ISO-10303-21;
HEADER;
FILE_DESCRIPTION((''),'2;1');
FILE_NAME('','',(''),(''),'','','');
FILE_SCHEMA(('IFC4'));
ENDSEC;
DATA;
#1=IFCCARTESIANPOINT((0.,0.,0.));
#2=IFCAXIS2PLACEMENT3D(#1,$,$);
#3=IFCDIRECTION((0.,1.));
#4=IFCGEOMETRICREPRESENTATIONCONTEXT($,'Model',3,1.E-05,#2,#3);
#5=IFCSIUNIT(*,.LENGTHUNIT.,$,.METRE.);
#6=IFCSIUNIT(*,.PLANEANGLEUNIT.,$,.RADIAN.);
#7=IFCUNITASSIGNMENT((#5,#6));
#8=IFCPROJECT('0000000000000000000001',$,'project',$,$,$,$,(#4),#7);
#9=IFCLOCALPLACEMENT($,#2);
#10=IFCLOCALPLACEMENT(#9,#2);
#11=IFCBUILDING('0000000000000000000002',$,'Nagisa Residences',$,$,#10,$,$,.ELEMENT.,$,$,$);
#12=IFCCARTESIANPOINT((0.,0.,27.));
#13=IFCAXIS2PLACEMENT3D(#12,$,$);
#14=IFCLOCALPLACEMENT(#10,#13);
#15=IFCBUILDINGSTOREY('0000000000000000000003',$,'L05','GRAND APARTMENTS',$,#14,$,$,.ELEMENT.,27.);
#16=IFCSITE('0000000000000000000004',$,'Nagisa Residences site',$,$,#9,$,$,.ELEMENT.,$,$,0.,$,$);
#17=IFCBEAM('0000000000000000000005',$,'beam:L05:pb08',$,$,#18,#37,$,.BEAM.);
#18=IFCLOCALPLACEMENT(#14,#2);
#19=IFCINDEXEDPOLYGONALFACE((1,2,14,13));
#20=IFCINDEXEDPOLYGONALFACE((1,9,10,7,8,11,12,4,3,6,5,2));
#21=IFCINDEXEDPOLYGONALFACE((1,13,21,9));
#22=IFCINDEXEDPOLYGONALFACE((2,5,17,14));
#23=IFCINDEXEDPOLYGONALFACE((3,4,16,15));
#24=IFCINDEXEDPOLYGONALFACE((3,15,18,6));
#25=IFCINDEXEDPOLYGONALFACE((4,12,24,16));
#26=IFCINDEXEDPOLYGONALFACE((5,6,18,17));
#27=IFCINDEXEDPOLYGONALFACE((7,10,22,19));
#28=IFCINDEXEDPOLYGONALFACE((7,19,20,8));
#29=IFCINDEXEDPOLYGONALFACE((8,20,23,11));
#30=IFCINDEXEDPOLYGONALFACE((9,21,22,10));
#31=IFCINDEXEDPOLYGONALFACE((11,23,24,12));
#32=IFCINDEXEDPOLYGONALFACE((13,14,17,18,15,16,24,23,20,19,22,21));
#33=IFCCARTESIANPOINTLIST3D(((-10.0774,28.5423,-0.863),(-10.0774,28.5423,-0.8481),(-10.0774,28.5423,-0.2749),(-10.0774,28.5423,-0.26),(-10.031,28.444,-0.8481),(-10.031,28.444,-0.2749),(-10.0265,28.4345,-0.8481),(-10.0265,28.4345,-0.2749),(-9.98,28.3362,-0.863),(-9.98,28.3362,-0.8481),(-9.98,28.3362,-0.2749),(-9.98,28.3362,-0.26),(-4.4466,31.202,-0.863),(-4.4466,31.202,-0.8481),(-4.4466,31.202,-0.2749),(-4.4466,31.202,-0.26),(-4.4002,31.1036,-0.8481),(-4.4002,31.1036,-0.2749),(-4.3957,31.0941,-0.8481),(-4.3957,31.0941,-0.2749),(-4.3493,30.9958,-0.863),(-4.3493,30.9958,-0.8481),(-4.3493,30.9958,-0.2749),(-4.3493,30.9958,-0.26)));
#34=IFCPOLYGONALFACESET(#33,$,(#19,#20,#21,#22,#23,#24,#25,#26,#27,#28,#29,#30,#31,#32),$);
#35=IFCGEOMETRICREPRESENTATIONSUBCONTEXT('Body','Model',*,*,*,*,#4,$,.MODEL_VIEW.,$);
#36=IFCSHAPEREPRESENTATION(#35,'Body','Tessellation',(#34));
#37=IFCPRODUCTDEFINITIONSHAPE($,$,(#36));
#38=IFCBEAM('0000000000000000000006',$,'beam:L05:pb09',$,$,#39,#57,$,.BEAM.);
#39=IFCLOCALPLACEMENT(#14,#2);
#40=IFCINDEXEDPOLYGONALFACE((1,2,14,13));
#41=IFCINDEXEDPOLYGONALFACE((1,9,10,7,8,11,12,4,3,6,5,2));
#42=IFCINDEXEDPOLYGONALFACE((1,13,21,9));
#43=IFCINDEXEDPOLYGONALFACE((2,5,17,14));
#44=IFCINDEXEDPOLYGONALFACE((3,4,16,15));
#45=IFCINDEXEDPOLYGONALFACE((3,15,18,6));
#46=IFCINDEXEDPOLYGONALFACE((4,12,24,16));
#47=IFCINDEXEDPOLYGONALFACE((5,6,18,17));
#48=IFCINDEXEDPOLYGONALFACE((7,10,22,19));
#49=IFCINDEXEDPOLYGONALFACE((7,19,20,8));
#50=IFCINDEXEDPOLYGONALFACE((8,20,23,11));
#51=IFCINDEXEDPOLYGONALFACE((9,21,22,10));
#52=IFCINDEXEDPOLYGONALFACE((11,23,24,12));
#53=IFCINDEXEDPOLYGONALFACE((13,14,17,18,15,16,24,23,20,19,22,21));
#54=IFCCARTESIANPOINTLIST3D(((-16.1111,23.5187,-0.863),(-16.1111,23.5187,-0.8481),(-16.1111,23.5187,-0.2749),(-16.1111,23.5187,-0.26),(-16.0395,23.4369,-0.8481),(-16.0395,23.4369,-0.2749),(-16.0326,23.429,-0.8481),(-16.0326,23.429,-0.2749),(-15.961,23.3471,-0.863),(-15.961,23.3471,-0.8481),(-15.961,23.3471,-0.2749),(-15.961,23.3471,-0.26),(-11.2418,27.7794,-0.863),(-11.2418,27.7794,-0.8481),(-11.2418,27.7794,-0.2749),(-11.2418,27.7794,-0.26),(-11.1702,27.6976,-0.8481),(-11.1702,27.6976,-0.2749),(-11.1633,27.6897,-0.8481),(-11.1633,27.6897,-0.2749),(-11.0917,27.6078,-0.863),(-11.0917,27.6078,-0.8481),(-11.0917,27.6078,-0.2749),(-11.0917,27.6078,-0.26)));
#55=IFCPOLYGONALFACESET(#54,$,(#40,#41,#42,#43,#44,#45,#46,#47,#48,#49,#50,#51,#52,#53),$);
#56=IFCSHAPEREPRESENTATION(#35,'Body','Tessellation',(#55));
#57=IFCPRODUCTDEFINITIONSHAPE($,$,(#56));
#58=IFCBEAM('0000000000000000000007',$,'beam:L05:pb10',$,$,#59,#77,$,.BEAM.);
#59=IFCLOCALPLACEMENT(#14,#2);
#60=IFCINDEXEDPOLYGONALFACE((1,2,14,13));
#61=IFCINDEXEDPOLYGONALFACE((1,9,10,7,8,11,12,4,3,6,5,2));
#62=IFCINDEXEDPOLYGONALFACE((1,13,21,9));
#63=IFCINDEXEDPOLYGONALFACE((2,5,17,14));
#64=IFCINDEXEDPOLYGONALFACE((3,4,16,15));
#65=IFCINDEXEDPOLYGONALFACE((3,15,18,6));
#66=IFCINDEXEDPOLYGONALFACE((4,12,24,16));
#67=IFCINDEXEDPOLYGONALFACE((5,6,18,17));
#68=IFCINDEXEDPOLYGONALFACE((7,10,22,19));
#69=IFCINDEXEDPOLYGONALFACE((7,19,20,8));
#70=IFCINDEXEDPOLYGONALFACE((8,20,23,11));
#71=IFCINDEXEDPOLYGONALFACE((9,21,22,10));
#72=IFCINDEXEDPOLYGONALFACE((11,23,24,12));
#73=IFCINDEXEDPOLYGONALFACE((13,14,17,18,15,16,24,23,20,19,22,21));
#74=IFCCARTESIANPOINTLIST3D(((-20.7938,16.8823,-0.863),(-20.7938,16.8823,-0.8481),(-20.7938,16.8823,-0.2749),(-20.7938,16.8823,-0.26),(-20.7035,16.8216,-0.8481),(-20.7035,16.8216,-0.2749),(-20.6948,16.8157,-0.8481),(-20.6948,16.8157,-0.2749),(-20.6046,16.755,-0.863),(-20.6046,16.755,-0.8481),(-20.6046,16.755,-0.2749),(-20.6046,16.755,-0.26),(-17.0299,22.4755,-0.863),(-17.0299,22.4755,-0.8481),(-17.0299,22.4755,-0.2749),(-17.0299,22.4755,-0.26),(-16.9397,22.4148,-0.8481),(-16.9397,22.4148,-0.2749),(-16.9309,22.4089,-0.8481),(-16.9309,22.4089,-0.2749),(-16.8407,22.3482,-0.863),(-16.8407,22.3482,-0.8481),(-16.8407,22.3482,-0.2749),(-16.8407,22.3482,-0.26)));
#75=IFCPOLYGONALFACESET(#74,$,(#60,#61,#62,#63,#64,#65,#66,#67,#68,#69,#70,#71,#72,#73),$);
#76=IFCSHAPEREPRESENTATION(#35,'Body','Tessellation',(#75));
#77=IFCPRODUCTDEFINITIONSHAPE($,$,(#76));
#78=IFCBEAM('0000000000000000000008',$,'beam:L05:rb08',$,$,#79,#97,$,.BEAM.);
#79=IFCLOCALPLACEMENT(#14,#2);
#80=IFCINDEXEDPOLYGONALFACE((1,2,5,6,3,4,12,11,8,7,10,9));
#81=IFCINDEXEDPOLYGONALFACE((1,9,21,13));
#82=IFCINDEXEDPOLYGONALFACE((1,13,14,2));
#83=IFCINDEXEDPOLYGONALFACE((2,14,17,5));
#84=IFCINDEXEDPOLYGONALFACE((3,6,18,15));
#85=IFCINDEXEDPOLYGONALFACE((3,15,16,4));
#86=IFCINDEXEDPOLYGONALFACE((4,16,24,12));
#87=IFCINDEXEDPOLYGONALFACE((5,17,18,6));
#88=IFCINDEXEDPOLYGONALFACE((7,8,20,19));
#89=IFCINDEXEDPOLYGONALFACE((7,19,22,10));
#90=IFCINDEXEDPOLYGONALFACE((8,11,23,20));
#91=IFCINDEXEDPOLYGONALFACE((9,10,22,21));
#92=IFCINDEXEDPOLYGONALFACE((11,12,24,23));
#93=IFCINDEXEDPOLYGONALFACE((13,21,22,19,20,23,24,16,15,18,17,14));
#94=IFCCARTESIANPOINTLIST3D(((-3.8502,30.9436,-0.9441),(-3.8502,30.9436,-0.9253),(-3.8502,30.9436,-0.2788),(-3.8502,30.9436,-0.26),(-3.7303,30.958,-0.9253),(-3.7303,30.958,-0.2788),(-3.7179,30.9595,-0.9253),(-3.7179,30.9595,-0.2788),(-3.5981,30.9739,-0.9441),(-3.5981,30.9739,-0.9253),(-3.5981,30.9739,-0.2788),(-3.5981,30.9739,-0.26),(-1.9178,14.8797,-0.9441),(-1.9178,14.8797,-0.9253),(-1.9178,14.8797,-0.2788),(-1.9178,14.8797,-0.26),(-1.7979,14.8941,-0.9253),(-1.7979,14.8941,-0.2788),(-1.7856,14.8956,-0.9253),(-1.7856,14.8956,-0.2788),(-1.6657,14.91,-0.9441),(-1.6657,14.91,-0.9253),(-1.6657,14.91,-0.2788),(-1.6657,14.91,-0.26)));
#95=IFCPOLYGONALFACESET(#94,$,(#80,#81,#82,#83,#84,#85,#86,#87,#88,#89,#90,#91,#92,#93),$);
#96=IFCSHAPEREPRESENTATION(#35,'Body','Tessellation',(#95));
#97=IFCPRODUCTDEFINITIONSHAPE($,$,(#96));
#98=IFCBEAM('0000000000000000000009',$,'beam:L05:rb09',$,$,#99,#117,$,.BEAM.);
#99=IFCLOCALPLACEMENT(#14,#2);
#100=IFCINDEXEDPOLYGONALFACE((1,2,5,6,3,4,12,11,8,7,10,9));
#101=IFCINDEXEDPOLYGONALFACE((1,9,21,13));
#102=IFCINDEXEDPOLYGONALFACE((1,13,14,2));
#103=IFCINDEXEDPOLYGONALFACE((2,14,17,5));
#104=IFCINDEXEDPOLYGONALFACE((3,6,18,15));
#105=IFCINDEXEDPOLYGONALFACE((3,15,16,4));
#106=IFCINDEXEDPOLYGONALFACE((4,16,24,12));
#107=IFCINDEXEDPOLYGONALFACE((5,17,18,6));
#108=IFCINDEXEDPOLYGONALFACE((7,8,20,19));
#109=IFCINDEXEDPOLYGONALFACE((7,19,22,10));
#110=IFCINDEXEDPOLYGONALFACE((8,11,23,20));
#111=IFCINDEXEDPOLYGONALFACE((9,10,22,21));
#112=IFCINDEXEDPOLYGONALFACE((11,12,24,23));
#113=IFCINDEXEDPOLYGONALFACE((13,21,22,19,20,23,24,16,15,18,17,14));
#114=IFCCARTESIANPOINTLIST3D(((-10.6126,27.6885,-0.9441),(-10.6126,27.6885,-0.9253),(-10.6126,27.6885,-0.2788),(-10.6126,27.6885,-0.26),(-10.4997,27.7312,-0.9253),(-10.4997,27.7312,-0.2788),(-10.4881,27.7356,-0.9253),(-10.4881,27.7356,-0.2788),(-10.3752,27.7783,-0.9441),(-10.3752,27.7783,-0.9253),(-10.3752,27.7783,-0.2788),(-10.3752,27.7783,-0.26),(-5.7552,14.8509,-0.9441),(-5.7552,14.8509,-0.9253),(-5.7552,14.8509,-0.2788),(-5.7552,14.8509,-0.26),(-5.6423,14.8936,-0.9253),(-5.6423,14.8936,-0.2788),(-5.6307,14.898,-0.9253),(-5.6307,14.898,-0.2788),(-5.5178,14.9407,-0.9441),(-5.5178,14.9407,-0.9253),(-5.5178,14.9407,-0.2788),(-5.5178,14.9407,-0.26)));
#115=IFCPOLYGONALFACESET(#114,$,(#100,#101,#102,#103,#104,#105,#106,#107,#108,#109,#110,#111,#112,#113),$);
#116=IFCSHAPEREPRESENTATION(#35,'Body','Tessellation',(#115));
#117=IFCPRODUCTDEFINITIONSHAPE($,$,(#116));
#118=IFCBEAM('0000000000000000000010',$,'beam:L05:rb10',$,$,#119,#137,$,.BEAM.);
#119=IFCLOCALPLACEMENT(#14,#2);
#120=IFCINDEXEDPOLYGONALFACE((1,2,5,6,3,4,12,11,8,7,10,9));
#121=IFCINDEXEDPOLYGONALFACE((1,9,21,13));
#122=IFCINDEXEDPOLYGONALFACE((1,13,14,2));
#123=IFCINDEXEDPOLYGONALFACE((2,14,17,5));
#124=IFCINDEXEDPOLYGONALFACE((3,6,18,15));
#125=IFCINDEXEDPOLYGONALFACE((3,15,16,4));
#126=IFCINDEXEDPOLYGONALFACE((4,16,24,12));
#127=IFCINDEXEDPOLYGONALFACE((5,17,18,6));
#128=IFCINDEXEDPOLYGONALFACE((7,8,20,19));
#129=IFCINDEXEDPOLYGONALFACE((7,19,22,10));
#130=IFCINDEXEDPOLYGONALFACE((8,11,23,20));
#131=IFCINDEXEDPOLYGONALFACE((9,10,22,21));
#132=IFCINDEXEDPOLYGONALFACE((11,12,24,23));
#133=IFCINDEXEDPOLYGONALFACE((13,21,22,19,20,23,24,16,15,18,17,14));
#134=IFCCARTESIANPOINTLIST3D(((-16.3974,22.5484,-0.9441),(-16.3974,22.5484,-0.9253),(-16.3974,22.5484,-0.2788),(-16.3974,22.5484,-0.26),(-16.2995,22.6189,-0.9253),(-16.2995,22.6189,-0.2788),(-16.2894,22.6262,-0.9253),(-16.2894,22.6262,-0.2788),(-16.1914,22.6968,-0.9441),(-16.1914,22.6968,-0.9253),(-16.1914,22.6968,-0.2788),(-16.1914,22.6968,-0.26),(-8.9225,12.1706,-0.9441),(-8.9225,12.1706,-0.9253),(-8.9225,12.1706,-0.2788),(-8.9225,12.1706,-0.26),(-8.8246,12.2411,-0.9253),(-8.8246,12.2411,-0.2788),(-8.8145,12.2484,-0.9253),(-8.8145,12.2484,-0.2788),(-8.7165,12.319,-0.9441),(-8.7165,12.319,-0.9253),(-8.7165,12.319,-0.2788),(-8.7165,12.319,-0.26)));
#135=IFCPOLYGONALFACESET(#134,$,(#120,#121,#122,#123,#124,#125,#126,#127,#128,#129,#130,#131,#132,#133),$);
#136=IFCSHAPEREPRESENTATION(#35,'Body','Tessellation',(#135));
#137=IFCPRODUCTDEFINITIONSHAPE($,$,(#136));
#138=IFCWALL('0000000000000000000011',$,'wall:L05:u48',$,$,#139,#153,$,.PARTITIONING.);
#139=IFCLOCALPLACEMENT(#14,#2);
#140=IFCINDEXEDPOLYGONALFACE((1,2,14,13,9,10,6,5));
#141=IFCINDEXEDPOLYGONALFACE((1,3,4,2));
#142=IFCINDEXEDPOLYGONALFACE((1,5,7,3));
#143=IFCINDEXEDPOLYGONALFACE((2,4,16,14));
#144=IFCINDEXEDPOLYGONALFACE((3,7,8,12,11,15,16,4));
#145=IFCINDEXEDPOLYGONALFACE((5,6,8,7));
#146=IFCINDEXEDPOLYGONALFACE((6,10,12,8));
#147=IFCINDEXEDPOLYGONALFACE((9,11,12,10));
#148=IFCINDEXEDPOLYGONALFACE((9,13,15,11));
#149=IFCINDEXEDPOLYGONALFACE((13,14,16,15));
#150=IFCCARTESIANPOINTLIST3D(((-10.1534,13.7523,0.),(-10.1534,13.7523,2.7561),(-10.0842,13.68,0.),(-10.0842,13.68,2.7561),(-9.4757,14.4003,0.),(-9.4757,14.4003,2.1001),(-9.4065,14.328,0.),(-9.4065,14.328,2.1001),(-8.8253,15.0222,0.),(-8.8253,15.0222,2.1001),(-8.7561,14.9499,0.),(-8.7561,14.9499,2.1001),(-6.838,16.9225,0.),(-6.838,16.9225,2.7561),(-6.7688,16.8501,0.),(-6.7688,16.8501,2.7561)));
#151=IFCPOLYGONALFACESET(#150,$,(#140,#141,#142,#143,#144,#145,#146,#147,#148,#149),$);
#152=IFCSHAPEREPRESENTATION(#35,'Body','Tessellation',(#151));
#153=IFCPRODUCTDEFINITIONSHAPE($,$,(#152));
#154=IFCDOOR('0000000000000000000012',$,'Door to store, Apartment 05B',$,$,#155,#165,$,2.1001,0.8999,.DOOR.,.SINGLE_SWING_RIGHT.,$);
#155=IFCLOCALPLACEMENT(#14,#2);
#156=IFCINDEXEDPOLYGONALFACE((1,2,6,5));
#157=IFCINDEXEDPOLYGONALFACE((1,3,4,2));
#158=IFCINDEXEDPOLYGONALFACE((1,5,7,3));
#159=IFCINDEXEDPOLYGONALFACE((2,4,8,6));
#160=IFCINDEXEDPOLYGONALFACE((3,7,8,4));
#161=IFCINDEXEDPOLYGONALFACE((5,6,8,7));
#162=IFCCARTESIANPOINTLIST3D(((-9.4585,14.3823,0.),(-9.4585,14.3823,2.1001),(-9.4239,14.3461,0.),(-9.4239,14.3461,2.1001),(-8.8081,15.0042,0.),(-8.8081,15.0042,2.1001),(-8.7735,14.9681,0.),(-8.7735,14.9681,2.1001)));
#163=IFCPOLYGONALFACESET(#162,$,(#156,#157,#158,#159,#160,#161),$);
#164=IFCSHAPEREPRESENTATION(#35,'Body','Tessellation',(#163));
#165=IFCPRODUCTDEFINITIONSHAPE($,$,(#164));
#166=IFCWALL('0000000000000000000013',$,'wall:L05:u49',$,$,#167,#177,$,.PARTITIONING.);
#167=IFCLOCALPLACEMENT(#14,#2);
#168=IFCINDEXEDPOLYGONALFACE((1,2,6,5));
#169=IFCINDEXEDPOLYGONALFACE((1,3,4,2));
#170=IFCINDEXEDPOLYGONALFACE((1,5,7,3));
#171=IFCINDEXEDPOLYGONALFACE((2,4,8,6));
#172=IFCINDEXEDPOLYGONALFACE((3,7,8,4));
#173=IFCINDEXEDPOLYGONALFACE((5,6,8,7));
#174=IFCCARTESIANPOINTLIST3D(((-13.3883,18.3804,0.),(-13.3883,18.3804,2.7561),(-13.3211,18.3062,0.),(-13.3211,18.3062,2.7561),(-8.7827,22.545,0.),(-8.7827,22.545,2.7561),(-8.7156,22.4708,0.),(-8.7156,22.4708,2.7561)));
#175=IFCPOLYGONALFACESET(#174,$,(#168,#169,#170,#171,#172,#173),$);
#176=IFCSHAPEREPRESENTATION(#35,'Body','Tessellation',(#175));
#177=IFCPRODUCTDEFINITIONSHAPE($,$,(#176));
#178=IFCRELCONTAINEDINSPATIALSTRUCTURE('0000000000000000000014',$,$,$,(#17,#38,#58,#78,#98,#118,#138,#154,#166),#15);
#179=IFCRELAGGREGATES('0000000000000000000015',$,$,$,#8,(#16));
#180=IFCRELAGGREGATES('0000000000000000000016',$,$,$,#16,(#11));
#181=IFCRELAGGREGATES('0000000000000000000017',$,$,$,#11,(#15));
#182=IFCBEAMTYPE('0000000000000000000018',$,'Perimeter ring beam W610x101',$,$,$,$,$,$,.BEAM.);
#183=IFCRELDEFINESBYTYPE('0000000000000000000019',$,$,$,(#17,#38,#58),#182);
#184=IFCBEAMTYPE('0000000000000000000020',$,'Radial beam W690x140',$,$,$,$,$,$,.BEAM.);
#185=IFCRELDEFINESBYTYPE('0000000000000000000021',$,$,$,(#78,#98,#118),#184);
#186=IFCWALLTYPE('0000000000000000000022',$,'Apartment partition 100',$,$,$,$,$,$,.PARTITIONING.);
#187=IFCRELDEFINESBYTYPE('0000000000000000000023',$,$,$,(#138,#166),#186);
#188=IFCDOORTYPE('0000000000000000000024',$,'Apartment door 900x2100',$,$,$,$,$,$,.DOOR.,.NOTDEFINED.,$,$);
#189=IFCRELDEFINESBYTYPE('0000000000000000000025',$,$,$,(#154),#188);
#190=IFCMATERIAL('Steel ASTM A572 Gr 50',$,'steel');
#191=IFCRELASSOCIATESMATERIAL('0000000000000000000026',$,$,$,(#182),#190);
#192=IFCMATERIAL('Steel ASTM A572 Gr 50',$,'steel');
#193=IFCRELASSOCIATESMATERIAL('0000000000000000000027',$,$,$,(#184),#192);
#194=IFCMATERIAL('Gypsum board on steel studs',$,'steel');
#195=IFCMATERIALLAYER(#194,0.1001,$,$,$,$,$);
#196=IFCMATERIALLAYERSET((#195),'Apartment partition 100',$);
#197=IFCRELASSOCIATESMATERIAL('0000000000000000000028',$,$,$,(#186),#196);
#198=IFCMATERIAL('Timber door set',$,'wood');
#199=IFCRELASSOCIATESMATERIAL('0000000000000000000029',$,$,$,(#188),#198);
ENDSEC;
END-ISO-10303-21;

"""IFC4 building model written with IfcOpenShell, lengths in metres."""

from ifc_helpers import new_model, si_unit, direction, frame, frame_2d, origin, origin_2d, place, context, subcontext, project, spatial, rectangle, i_section, extrude, material, layer, layer_set, material_profile, profile_set, type_object, element, fill, save


model = new_model("IFC4")

# Units and contexts
model_context = context("Model", 3, precision=1e-05, world=origin(), true_north=direction((0.0, 1.0)))
body_context = subcontext(model_context, "Body", "Model", "MODEL_VIEW")
ifc_project = project(units=[si_unit("LENGTHUNIT", "METRE"), si_unit("PLANEANGLEUNIT", "RADIAN")], contexts=[model_context])

# Site, building, storey
site_placement = place(None, origin())
site = spatial("IfcSite", under=ifc_project, at=site_placement, Name="Nagisa Residences site", CompositionType="ELEMENT", RefElevation=0.0)
building_placement = place(site_placement, origin())
building = spatial("IfcBuilding", under=site, at=building_placement, Name="Nagisa Residences", CompositionType="ELEMENT")
storey_placement = place(building_placement, frame((0.0, 0.0, 27.0)))
storey = spatial("IfcBuildingStorey", under=building, at=storey_placement, Name="L05", Description="GRAND APARTMENTS", CompositionType="ELEMENT", Elevation=27.0)

# Beams
ifc_material_1 = material(Name="Steel ASTM A572 Gr 50", Category="steel")
ifc_material_profile_1 = material_profile(ifc_material_1, i_section(OverallWidth=0.228, OverallDepth=0.603, WebThickness=0.0105, FlangeThickness=0.0149, at=origin_2d()), Name="W610x101")
ifc_profile_set_1 = profile_set([ifc_material_profile_1], Name="Steel ASTM A572 Gr 50")
beam_type_1 = type_object("IfcBeamType", Name="Perimeter ring beam W610x101", PredefinedType="BEAM", material=ifc_profile_set_1)
beam_1_placement = place(storey_placement, frame((-4.3979, 31.0989, -0.5615), z_axis=(-0.904208, -0.427092, 0.0), x_axis=(0.427092, -0.904208, 0.0)))
element("IfcBeam", 1, at=beam_1_placement, inside=storey, type_object=beam_type_1, Name="beam:L05:pb08", PredefinedType="BEAM", context=body_context, shape_type="SweptSolid", body=[
    extrude(i_section(OverallWidth=0.228, OverallDepth=0.603, WebThickness=0.0105, FlangeThickness=0.0149, at=origin_2d()), origin(), (0.0, 0.0, 1.0), 6.2273),
])
beam_2_placement = place(storey_placement, frame((-11.1667, 27.6936, -0.5615), z_axis=(-0.752574, -0.658507, 0.0), x_axis=(0.658507, -0.752574, 0.0)))
element("IfcBeam", 2, at=beam_2_placement, inside=storey, type_object=beam_type_1, Name="beam:L05:pb09", PredefinedType="BEAM", context=body_context, shape_type="SweptSolid", body=[
    extrude(i_section(OverallWidth=0.228, OverallDepth=0.603, WebThickness=0.0105, FlangeThickness=0.0149, at=origin_2d()), origin(), (0.0, 0.0, 1.0), 6.4702),
])
beam_3_placement = place(storey_placement, frame((-16.9353, 22.4119, -0.5615), z_axis=(-0.558297, -0.829641, 0.0), x_axis=(0.829641, -0.558297, 0.0)))
element("IfcBeam", 3, at=beam_3_placement, inside=storey, type_object=beam_type_1, Name="beam:L05:pb10", PredefinedType="BEAM", context=body_context, shape_type="SweptSolid", body=[
    extrude(i_section(OverallWidth=0.228, OverallDepth=0.603, WebThickness=0.0105, FlangeThickness=0.0149, at=origin_2d()), origin(), (0.0, 0.0, 1.0), 6.7417),
])
ifc_material_2 = material(Name="Steel ASTM A572 Gr 50", Category="steel")
ifc_material_profile_2 = material_profile(ifc_material_2, i_section(OverallWidth=0.2539, OverallDepth=0.6841, WebThickness=0.0125, FlangeThickness=0.0188, at=origin_2d()), Name="W690x140")
ifc_profile_set_2 = profile_set([ifc_material_profile_2], Name="Steel ASTM A572 Gr 50")
beam_type_2 = type_object("IfcBeamType", Name="Radial beam W690x140", PredefinedType="BEAM", material=ifc_profile_set_2)
beam_4_placement = place(storey_placement, frame((-3.7241, 30.9587, -0.6021), z_axis=(0.119431, -0.992842, 0.0), x_axis=(0.992842, 0.119431, 0.0)))
element("IfcBeam", 4, at=beam_4_placement, inside=storey, type_object=beam_type_2, Name="beam:L05:rb08", PredefinedType="BEAM", context=body_context, shape_type="SweptSolid", body=[
    extrude(i_section(OverallWidth=0.2539, OverallDepth=0.6841, WebThickness=0.0125, FlangeThickness=0.0188, at=origin_2d()), origin(), (0.0, 0.0, 1.0), 16.1797),
])
beam_5_placement = place(storey_placement, frame((-10.4939, 27.7334, -0.6021), z_axis=(0.353888, -0.935288, 0.0), x_axis=(0.935288, 0.353888, 0.0)))
element("IfcBeam", 5, at=beam_5_placement, inside=storey, type_object=beam_type_2, Name="beam:L05:rb09", PredefinedType="BEAM", context=body_context, shape_type="SweptSolid", body=[
    extrude(i_section(OverallWidth=0.2539, OverallDepth=0.6841, WebThickness=0.0125, FlangeThickness=0.0188, at=origin_2d()), origin(), (0.0, 0.0, 1.0), 13.7258),
])
beam_6_placement = place(storey_placement, frame((-16.2944, 22.6226, -0.6021), z_axis=(0.584455, -0.811426, 0.0), x_axis=(0.811426, 0.584455, 0.0)))
element("IfcBeam", 6, at=beam_6_placement, inside=storey, type_object=beam_type_2, Name="beam:L05:rb10", PredefinedType="BEAM", context=body_context, shape_type="SweptSolid", body=[
    extrude(i_section(OverallWidth=0.2539, OverallDepth=0.6841, WebThickness=0.0125, FlangeThickness=0.0188, at=origin_2d()), origin(), (0.0, 0.0, 1.0), 12.7896),
])

# Wall, opening, door
ifc_material_3 = material(Name="Gypsum board on steel studs", Category="steel")
ifc_layer_1 = layer(ifc_material_3, 0.1001)
ifc_layer_set_1 = layer_set([ifc_layer_1], Name="Apartment partition 100")
wall_type_1 = type_object("IfcWallType", Name="Apartment partition 100", PredefinedType="PARTITIONING", material=ifc_layer_set_1)
wall_1_placement = place(storey_placement, frame((-6.8035, 16.8862, 0.0), z_axis=(0.0, 0.0, 1.0), x_axis=(-0.722763, -0.691096, 0.0)))
wall_1 = element("IfcWall", 7, at=wall_1_placement, inside=storey, type_object=wall_type_1, Name="wall:L05:u48", PredefinedType="PARTITIONING", context=body_context, shape_type="SweptSolid", body=[
    extrude(rectangle(XDim=4.5872, YDim=0.1001, at=frame_2d((2.2935, 0.0))), origin(), (0.0, 0.0, 1.0), 2.7561),
])
opening_1_placement = place(wall_1_placement, frame((2.7495, 0.0, 0.0)))
opening_1 = element("IfcOpeningElement", 8, at=opening_1_placement, cuts=wall_1, PredefinedType="OPENING", context=body_context, shape_type="SweptSolid", body=[
    extrude(rectangle(XDim=0.8999, YDim=2.1001, at=frame_2d((0.45, 1.05))), frame((0.0, 0.0601, 0.0), z_axis=(0.0, -1.0, 0.0), x_axis=(1.0, 0.0, 0.0)), (0.0, 0.0, 1.0), 0.1201),
])
ifc_material_4 = material(Name="Timber door set", Category="wood")
door_type_1 = type_object("IfcDoorType", Name="Apartment door 900x2100", OperationType="NOTDEFINED", PredefinedType="DOOR", material=ifc_material_4)
door_1_placement = place(opening_1_placement, origin())
door_1 = element("IfcDoor", 9, at=door_1_placement, inside=storey, type_object=door_type_1, Name="Door to store, Apartment 05B", OperationType="SINGLE_SWING_RIGHT", OverallHeight=2.1001, OverallWidth=0.8999, PredefinedType="DOOR", context=body_context, shape_type="SweptSolid", body=[
    extrude(rectangle(XDim=0.8999, YDim=2.1001, at=frame_2d((0.45, 1.05))), frame((0.0, 0.0249, 0.0), z_axis=(0.0, -1.0, 0.0), x_axis=(1.0, 0.0, 0.0)), (0.0, 0.0, 1.0), 0.05),
])
fill(opening_1, door_1)

# Wall
wall_2_placement = place(storey_placement, frame((-8.7493, 22.5078, 0.0), z_axis=(0.0, 0.0, 1.0), x_axis=(-0.74172, -0.670709, 0.0)))
element("IfcWall", 10, at=wall_2_placement, inside=storey, type_object=wall_type_1, Name="wall:L05:u49", PredefinedType="PARTITIONING", context=body_context, shape_type="SweptSolid", body=[
    extrude(rectangle(XDim=6.2092, YDim=0.1001, at=frame_2d((3.1045, 0.0))), origin(), (0.0, 0.0, 1.0), 2.7561),
])

save(model, "model.ifc")
